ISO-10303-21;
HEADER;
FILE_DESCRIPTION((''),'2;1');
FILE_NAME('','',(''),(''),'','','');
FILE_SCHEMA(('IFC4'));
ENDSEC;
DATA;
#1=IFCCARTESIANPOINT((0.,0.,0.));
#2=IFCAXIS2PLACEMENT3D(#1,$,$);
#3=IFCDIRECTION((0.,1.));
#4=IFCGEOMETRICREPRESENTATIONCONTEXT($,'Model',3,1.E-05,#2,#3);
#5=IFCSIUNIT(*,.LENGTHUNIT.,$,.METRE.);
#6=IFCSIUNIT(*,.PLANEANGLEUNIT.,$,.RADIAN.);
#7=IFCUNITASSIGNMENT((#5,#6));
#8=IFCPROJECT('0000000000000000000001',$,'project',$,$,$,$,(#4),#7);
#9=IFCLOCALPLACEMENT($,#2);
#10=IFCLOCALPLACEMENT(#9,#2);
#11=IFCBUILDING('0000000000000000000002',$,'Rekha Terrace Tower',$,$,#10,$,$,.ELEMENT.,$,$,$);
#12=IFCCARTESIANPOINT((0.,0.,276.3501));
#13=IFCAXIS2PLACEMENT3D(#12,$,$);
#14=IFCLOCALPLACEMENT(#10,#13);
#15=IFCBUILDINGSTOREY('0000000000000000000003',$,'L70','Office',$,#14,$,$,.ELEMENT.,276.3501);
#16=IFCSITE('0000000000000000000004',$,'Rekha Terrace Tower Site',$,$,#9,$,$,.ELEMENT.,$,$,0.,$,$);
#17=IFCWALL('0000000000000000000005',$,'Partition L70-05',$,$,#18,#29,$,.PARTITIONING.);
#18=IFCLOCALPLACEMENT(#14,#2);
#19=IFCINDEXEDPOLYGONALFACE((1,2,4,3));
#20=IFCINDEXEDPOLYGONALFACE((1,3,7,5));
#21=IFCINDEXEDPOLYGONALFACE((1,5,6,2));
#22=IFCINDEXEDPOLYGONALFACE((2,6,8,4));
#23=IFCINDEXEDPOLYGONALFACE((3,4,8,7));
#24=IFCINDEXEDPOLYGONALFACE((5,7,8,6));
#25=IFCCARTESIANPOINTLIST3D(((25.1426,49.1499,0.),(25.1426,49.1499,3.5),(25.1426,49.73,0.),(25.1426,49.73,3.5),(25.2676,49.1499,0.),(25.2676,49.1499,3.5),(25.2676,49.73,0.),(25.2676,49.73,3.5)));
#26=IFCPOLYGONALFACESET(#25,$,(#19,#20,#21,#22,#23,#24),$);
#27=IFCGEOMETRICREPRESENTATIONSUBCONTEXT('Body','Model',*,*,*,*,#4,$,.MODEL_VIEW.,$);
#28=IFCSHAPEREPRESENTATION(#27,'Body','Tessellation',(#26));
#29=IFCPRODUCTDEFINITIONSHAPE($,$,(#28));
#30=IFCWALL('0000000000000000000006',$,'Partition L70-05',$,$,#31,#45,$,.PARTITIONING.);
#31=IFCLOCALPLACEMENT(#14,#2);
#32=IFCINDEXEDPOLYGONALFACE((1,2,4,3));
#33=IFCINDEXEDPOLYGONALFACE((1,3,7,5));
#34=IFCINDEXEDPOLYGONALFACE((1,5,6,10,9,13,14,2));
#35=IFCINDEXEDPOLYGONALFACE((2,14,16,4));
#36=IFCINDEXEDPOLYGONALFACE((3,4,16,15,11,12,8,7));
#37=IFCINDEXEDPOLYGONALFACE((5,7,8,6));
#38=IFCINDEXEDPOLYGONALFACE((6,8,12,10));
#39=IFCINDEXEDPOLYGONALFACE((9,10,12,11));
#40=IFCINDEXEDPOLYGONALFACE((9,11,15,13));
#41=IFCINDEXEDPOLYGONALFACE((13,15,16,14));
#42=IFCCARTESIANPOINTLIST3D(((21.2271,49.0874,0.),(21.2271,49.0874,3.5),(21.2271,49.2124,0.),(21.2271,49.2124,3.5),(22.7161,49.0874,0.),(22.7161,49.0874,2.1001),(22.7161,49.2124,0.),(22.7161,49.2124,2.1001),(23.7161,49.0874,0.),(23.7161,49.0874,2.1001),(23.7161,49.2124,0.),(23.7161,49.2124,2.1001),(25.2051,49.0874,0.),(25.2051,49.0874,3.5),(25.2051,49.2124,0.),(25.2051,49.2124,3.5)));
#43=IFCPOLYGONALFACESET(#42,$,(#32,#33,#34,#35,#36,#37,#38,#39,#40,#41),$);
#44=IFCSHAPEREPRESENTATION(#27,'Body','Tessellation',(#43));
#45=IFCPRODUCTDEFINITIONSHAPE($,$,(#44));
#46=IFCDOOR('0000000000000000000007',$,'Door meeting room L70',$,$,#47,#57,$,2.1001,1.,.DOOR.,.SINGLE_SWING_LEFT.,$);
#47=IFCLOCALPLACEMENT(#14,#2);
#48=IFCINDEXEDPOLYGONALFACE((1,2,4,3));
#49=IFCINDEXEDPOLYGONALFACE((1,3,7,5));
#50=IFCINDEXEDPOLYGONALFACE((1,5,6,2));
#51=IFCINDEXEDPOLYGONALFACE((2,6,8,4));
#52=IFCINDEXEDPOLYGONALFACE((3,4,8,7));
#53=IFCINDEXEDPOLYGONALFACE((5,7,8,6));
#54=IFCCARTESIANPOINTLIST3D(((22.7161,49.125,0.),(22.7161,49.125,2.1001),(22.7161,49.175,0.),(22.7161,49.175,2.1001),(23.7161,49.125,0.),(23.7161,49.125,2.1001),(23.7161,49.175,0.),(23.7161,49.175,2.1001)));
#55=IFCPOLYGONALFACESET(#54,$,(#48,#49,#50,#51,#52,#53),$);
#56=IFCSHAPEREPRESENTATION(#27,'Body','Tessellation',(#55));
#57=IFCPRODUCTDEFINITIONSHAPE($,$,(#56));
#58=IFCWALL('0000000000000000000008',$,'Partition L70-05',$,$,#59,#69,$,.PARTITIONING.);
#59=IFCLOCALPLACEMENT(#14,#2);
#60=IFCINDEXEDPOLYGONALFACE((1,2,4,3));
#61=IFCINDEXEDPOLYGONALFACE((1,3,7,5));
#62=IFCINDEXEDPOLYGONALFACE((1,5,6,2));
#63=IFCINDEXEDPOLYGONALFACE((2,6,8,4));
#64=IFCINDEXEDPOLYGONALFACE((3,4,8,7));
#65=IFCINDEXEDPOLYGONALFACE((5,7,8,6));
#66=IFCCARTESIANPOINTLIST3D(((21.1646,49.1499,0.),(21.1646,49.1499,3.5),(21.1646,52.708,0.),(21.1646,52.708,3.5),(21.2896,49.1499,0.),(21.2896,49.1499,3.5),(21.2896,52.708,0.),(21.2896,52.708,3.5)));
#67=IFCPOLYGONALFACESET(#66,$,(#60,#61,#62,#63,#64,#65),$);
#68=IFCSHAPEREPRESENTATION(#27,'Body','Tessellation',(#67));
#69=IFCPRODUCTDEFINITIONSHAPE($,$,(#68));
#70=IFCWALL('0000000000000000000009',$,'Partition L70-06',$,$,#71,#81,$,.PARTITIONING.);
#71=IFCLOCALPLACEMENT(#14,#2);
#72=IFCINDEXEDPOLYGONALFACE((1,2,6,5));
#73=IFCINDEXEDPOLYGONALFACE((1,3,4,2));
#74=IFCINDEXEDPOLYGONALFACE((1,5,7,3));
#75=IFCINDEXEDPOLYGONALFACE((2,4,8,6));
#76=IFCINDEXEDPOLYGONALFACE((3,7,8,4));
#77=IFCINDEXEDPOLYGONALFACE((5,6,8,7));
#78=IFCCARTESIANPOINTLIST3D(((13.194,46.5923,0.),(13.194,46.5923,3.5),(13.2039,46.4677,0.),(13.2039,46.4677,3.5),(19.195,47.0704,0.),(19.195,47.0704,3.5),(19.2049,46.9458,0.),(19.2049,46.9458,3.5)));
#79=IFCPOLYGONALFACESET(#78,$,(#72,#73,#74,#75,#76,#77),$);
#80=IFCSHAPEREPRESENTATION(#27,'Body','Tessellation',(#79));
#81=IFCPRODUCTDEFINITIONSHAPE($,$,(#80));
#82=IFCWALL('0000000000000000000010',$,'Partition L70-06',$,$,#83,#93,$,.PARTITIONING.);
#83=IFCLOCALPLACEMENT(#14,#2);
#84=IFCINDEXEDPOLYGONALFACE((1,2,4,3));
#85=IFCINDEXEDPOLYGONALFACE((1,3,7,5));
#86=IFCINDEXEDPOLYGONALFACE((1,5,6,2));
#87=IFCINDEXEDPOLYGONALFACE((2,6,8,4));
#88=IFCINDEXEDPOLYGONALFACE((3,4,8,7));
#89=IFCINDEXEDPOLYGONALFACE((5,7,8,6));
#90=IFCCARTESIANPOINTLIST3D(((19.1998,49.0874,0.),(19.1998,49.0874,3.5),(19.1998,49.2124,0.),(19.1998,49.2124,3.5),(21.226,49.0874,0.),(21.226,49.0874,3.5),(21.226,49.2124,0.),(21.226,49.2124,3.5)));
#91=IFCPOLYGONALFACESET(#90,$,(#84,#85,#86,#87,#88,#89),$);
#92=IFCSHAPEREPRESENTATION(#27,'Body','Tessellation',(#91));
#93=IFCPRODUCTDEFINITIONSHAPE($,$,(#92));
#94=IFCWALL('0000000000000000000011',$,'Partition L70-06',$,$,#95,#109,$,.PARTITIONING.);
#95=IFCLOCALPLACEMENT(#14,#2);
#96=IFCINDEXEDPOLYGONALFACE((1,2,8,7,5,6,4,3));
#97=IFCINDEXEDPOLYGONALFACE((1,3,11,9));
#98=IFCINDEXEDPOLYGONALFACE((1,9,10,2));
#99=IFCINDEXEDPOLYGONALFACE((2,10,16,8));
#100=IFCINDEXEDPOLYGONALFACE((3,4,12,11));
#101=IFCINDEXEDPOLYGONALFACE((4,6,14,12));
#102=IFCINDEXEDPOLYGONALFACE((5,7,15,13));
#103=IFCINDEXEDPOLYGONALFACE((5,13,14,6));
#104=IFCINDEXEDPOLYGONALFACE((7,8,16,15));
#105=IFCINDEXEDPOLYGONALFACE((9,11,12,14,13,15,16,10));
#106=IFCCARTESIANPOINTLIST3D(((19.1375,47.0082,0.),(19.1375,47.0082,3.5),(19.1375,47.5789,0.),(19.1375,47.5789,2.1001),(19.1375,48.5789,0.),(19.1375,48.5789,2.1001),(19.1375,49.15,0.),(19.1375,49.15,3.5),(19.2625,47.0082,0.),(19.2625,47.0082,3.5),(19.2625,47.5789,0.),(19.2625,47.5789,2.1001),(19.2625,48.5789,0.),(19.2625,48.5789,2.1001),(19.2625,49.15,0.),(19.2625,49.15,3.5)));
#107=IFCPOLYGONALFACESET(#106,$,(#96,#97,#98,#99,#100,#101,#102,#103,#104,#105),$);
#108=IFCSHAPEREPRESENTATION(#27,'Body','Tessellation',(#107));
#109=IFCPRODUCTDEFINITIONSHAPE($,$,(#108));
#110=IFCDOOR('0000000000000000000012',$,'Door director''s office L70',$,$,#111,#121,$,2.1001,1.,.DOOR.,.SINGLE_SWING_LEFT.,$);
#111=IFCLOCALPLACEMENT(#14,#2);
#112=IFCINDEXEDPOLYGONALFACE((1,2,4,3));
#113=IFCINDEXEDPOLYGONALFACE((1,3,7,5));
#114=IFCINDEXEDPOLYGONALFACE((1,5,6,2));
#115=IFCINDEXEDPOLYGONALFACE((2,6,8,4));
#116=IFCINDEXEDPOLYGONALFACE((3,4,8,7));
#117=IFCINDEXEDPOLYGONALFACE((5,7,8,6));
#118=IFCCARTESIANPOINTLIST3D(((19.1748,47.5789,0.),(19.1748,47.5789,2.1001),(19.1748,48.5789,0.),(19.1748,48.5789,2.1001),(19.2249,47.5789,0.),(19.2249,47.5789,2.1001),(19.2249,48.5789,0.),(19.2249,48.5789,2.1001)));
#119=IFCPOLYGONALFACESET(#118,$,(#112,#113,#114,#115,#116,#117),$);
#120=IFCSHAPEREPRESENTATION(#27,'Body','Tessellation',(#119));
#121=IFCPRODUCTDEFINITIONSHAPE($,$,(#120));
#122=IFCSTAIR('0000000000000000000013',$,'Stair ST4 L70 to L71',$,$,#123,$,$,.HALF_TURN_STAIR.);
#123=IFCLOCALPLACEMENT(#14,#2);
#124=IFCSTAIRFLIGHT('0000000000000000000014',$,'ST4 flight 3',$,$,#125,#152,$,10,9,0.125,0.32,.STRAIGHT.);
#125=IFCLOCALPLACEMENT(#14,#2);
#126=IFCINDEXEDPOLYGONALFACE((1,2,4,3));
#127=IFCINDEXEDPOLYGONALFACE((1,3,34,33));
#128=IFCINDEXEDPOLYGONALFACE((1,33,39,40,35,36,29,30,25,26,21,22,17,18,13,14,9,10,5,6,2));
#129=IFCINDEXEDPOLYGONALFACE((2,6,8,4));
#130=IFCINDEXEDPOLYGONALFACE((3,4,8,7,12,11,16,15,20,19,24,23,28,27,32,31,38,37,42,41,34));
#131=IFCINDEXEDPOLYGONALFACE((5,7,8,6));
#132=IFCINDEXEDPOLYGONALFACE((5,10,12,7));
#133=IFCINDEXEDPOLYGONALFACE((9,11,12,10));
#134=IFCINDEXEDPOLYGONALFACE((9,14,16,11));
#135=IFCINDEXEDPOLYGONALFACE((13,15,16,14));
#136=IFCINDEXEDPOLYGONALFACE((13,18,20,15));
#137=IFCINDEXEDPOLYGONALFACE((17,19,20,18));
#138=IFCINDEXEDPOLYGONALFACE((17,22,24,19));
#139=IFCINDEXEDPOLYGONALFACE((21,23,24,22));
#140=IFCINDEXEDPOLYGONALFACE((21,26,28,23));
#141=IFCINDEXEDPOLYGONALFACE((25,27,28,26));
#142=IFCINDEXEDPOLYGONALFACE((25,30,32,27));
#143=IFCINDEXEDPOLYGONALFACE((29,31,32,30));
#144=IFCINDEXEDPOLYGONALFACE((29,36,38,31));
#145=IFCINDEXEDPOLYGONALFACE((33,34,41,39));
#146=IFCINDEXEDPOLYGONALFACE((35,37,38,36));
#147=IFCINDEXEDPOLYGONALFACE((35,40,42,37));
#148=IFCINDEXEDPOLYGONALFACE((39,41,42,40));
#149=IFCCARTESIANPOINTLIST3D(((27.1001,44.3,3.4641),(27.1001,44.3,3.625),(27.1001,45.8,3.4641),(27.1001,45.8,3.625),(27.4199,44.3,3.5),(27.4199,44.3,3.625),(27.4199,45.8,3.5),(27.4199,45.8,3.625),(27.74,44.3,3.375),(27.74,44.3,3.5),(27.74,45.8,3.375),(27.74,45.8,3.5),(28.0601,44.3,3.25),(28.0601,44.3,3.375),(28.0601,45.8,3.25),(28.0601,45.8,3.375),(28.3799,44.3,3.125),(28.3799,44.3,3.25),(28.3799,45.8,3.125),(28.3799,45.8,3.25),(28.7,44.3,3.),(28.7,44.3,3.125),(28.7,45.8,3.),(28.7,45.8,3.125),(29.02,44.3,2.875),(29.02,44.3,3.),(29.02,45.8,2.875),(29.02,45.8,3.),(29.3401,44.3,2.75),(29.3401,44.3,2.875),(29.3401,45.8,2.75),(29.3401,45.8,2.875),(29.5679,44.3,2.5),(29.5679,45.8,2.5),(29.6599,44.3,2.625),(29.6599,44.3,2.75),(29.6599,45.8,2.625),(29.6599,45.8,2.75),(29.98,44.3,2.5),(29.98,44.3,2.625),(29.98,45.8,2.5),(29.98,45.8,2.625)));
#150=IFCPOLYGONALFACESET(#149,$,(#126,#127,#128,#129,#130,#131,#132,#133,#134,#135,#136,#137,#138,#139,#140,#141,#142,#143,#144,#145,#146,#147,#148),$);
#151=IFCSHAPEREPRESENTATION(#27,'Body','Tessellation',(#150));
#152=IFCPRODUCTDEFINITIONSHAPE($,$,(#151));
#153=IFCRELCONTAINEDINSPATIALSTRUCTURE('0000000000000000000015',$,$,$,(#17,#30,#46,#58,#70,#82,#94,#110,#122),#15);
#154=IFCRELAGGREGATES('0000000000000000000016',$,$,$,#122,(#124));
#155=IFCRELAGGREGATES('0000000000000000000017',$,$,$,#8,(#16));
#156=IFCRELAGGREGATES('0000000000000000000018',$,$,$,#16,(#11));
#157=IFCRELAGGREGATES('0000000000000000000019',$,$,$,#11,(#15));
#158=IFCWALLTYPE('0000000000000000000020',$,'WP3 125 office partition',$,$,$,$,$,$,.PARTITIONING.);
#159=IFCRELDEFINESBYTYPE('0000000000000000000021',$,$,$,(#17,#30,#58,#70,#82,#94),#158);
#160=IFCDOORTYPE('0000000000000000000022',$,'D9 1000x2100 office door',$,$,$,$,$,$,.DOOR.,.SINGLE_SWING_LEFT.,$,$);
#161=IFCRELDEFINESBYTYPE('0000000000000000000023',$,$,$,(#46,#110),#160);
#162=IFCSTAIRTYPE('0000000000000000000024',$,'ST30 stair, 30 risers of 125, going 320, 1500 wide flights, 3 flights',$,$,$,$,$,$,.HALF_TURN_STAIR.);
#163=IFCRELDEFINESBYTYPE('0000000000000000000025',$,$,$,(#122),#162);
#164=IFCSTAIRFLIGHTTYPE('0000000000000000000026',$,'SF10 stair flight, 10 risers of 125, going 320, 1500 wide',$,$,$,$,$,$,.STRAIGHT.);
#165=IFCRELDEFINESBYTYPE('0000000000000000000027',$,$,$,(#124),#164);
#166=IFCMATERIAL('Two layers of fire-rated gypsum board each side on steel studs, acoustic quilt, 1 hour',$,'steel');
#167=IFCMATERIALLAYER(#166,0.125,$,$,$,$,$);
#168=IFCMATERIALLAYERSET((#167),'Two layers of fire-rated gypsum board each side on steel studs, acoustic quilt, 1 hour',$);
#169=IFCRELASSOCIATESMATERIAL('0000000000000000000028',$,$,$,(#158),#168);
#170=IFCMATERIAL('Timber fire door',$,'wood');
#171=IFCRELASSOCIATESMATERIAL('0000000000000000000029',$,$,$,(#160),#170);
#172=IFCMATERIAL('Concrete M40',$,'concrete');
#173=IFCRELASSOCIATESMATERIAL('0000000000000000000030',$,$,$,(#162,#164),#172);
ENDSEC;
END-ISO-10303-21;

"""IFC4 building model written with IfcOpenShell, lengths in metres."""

from ifc_helpers import new_model, si_unit, direction, frame, frame_2d, origin, place, context, subcontext, project, spatial, polyline, rectangle, outline, extrude, material, layer, layer_set, type_object, element, fill, aggregate, save


model = new_model("IFC4")

# Units and contexts
model_context = context("Model", 3, precision=1e-05, world=origin(), true_north=direction((0.0, 1.0)))
body_context = subcontext(model_context, "Body", "Model", "MODEL_VIEW")
ifc_project = project(units=[si_unit("LENGTHUNIT", "METRE"), si_unit("PLANEANGLEUNIT", "RADIAN")], contexts=[model_context])

# Site, building, storey
site_placement = place(None, origin())
site = spatial("IfcSite", under=ifc_project, at=site_placement, Name="Rekha Terrace Tower Site", CompositionType="ELEMENT", RefElevation=0.0)
building_placement = place(site_placement, origin())
building = spatial("IfcBuilding", under=site, at=building_placement, Name="Rekha Terrace Tower", CompositionType="ELEMENT")
storey_placement = place(building_placement, frame((0.0, 0.0, 276.3501)))
storey = spatial("IfcBuildingStorey", under=building, at=storey_placement, Name="L70", Description="Office", CompositionType="ELEMENT", Elevation=276.3501)

# Wall
ifc_material_1 = material(Name="Two layers of fire-rated gypsum board each side on steel studs, acoustic quilt, 1 hour", Category="steel")
ifc_layer_1 = layer(ifc_material_1, 0.125)
ifc_layer_set_1 = layer_set([ifc_layer_1], Name="Two layers of fire-rated gypsum board each side on steel studs, acoustic quilt, 1 hour")
wall_type_1 = type_object("IfcWallType", Name="WP3 125 office partition", PredefinedType="PARTITIONING", material=ifc_layer_set_1)
wall_1_placement = place(storey_placement, frame((25.2051, 49.73, 0.0), z_axis=(0.0, 0.0, 1.0), x_axis=(0.0, -1.0, 0.0)))
element("IfcWall", 1, at=wall_1_placement, inside=storey, type_object=wall_type_1, Name="Partition L70-05", PredefinedType="PARTITIONING", context=body_context, shape_type="SweptSolid", body=[
    extrude(rectangle(XDim=0.5801, YDim=0.125, at=frame_2d((0.29, 0.0))), origin(), (0.0, 0.0, 1.0), 3.5),
])

# Wall, opening, door
wall_2_placement = place(storey_placement, frame((25.2051, 49.1499, 0.0), z_axis=(0.0, 0.0, 1.0), x_axis=(-1.0, 0.0, 0.0)))
wall_2 = element("IfcWall", 2, at=wall_2_placement, inside=storey, type_object=wall_type_1, Name="Partition L70-05", PredefinedType="PARTITIONING", context=body_context, shape_type="SweptSolid", body=[
    extrude(rectangle(XDim=3.978, YDim=0.125, at=frame_2d((1.989, 0.0))), origin(), (0.0, 0.0, 1.0), 3.5),
])
opening_1_placement = place(wall_2_placement, frame((1.489, 0.0, 0.0)))
opening_1 = element("IfcOpeningElement", 3, at=opening_1_placement, cuts=wall_2, PredefinedType="OPENING", context=body_context, shape_type="SweptSolid", body=[
    extrude(rectangle(XDim=1.0, YDim=2.1001, at=frame_2d((0.5, 1.05))), frame((0.0, 0.0725, 0.0), z_axis=(0.0, -1.0, 0.0), x_axis=(1.0, 0.0, 0.0)), (0.0, 0.0, 1.0), 0.145),
])
ifc_material_2 = material(Name="Timber fire door", Category="wood")
door_type = type_object("IfcDoorType", Name="D9 1000x2100 office door", OperationType="SINGLE_SWING_LEFT", PredefinedType="DOOR", material=ifc_material_2)
door_1_placement = place(opening_1_placement, origin())
door_1 = element("IfcDoor", 4, at=door_1_placement, inside=storey, type_object=door_type, Name="Door meeting room L70", OperationType="SINGLE_SWING_LEFT", OverallHeight=2.1001, OverallWidth=1.0, PredefinedType="DOOR", context=body_context, shape_type="SweptSolid", body=[
    extrude(rectangle(XDim=1.0, YDim=2.1001, at=frame_2d((0.5, 1.05))), frame((0.0, 0.0249, 0.0), z_axis=(0.0, -1.0, 0.0), x_axis=(1.0, 0.0, 0.0)), (0.0, 0.0, 1.0), 0.05),
])
fill(opening_1, door_1)

# Walls
wall_3_placement = place(storey_placement, frame((21.2271, 49.1499, 0.0), z_axis=(0.0, 0.0, 1.0), x_axis=(0.0, 1.0, 0.0)))
element("IfcWall", 5, at=wall_3_placement, inside=storey, type_object=wall_type_1, Name="Partition L70-05", PredefinedType="PARTITIONING", context=body_context, shape_type="SweptSolid", body=[
    extrude(rectangle(XDim=3.5581, YDim=0.125, at=frame_2d((1.7791, 0.0))), origin(), (0.0, 0.0, 1.0), 3.5),
])
wall_4_placement = place(storey_placement, frame((19.2, 47.0081, 0.0), z_axis=(0.0, 0.0, 1.0), x_axis=(-0.996842, -0.079407, 0.0)))
element("IfcWall", 6, at=wall_4_placement, inside=storey, type_object=wall_type_1, Name="Partition L70-06", PredefinedType="PARTITIONING", context=body_context, shape_type="SweptSolid", body=[
    extrude(rectangle(XDim=6.02, YDim=0.125, at=frame_2d((3.01, 0.0))), origin(), (0.0, 0.0, 1.0), 3.5),
])
wall_5_placement = place(storey_placement, frame((21.2261, 49.1499, 0.0), z_axis=(0.0, 0.0, 1.0), x_axis=(-1.0, 0.0, 0.0)))
element("IfcWall", 7, at=wall_5_placement, inside=storey, type_object=wall_type_1, Name="Partition L70-06", PredefinedType="PARTITIONING", context=body_context, shape_type="SweptSolid", body=[
    extrude(rectangle(XDim=2.0261, YDim=0.125, at=frame_2d((1.0132, 0.0))), origin(), (0.0, 0.0, 1.0), 3.5),
])

# Wall, opening, door
wall_6_placement = place(storey_placement, frame((19.2, 49.1499, 0.0), z_axis=(0.0, 0.0, 1.0), x_axis=(0.0, -1.0, 0.0)))
wall_6 = element("IfcWall", 8, at=wall_6_placement, inside=storey, type_object=wall_type_1, Name="Partition L70-06", PredefinedType="PARTITIONING", context=body_context, shape_type="SweptSolid", body=[
    extrude(rectangle(XDim=2.1418, YDim=0.125, at=frame_2d((1.0708, 0.0))), origin(), (0.0, 0.0, 1.0), 3.5),
])
opening_2_placement = place(wall_6_placement, frame((0.571, 0.0, 0.0)))
opening_2 = element("IfcOpeningElement", 9, at=opening_2_placement, cuts=wall_6, PredefinedType="OPENING", context=body_context, shape_type="SweptSolid", body=[
    extrude(rectangle(XDim=1.0, YDim=2.1001, at=frame_2d((0.5, 1.05))), frame((0.0, 0.0725, 0.0), z_axis=(0.0, -1.0, 0.0), x_axis=(1.0, 0.0, 0.0)), (0.0, 0.0, 1.0), 0.145),
])
door_2_placement = place(opening_2_placement, origin())
door_2 = element("IfcDoor", 10, at=door_2_placement, inside=storey, type_object=door_type, Name="Door director's office L70", OperationType="SINGLE_SWING_LEFT", OverallHeight=2.1001, OverallWidth=1.0, PredefinedType="DOOR", context=body_context, shape_type="SweptSolid", body=[
    extrude(rectangle(XDim=1.0, YDim=2.1001, at=frame_2d((0.5, 1.05))), frame((0.0, 0.0249, 0.0), z_axis=(0.0, -1.0, 0.0), x_axis=(1.0, 0.0, 0.0)), (0.0, 0.0, 1.0), 0.05),
])
fill(opening_2, door_2)

# Stair, stair flight
ifc_material_3 = material(Name="Concrete M40", Category="concrete")
stair_type = type_object("IfcStairType", Name="ST30 stair, 30 risers of 125, going 320, 1500 wide flights, 3 flights", PredefinedType="HALF_TURN_STAIR", material=ifc_material_3)
stair_placement = place(storey_placement, origin())
stair = element("IfcStair", 11, at=stair_placement, inside=storey, type_object=stair_type, Name="Stair ST4 L70 to L71", PredefinedType="HALF_TURN_STAIR")
stair_flight_type = type_object("IfcStairFlightType", Name="SF10 stair flight, 10 risers of 125, going 320, 1500 wide", PredefinedType="STRAIGHT", material=ifc_material_3)
stair_flight_placement = place(storey_placement, frame((29.98, 45.05, 2.5), z_axis=(0.0, 0.0, 1.0), x_axis=(-1.0, 0.0, 0.0)))
stair_flight = element("IfcStairFlight", 12, at=stair_flight_placement, type_object=stair_flight_type, Name="ST4 flight 3", NumberOfRisers=10, NumberOfTreads=9, PredefinedType="STRAIGHT", RiserHeight=0.125, TreadLength=0.32, context=body_context, shape_type="SweptSolid", body=[
    extrude(outline(polyline([(0.0, 0.0), (0.0, 0.125), (0.3201, 0.125), (0.3201, 0.25), (0.6399, 0.25), (0.6399, 0.375), (0.96, 0.375), (0.96, 0.5), (1.28, 0.5), (1.28, 0.625), (1.6001, 0.625), (1.6001, 0.75), (1.9199, 0.75), (1.9199, 0.875), (2.24, 0.875), (2.24, 1.0), (2.5601, 1.0), (2.5601, 1.125), (2.8799, 1.125), (2.8799, 1.25), (2.8799, 0.9641), (0.4121, 0.0), (0.0, 0.0)])), frame((0.0, 0.75, 0.0), z_axis=(0.0, -1.0, 0.0), x_axis=(1.0, 0.0, 0.0)), (0.0, 0.0, 1.0), 1.5),
])
aggregate(stair, [stair_flight])

save(model, "model.ifc")
